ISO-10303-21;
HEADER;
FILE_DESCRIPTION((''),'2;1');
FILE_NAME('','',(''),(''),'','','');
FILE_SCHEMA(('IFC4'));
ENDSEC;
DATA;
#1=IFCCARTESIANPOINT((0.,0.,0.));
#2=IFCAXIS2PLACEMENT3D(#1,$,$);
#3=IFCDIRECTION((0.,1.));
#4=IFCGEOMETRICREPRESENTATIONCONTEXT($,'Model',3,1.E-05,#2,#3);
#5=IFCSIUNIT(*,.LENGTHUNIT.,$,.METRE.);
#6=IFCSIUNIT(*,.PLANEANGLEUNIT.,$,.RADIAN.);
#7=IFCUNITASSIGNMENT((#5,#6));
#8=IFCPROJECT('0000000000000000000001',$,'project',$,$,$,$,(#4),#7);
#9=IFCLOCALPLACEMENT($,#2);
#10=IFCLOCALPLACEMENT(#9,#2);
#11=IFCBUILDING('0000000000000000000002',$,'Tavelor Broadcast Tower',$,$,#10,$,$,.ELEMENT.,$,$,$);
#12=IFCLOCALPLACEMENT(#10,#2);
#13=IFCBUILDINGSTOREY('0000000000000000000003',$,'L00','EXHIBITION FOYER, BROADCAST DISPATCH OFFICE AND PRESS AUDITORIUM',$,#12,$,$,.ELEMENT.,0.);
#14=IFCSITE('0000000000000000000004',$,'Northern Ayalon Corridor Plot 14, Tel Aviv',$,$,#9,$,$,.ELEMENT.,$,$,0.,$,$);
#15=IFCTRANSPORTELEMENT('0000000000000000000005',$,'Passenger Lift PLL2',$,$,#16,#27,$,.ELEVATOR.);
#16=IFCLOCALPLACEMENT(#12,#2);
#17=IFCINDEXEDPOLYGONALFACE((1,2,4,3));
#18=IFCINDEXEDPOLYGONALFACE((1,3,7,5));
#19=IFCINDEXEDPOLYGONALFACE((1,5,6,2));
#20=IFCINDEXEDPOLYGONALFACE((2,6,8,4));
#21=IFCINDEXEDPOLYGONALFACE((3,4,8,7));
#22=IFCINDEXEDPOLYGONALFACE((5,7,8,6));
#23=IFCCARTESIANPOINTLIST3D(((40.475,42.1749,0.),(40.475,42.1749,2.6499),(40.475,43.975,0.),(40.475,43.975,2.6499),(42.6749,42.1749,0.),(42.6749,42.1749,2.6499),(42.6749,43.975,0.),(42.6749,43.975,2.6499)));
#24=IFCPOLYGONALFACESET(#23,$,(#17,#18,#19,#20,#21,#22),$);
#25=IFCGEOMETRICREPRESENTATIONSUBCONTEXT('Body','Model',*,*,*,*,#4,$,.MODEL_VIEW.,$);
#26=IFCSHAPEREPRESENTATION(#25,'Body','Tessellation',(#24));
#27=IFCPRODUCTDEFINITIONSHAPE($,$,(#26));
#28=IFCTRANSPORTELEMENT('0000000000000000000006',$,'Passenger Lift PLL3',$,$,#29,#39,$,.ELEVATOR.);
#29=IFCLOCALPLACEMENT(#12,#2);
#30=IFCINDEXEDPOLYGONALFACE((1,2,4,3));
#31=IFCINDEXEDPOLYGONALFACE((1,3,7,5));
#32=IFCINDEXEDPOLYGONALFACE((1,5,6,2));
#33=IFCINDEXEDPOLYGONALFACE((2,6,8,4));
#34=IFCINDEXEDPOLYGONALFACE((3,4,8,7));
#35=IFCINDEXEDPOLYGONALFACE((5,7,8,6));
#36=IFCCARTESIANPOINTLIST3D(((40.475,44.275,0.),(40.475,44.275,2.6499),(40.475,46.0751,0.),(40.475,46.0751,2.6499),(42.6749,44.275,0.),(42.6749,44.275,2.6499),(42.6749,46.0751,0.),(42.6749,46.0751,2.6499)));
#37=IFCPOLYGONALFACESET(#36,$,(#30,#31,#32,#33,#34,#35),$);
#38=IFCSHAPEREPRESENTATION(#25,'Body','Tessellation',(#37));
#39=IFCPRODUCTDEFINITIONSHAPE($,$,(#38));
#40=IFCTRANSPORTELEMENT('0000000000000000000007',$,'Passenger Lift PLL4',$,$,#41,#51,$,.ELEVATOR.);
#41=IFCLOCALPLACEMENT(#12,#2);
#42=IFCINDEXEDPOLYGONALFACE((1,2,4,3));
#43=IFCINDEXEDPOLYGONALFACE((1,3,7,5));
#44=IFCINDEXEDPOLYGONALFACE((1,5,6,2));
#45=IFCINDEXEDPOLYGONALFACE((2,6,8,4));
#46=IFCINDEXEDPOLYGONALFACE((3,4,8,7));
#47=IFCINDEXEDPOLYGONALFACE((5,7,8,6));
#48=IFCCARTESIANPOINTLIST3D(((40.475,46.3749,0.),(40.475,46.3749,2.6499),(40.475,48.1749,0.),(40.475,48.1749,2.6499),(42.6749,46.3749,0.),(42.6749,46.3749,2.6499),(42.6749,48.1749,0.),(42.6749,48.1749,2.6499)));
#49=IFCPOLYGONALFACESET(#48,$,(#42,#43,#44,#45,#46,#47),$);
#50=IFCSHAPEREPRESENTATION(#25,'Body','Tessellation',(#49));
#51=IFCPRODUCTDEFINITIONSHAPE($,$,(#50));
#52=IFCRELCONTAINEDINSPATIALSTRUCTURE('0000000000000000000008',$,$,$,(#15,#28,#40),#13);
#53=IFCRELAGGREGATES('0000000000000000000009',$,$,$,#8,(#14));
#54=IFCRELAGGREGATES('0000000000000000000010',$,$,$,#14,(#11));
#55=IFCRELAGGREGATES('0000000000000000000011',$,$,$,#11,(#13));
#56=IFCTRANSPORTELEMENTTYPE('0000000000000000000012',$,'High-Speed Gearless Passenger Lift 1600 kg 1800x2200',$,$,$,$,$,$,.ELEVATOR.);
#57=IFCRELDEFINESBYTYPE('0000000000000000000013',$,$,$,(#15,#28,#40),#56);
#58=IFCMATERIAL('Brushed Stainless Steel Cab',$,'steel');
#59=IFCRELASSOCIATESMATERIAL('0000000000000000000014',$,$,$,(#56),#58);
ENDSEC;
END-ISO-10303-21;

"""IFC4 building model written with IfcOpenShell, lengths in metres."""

from ifc_helpers import new_model, si_unit, direction, frame, origin, origin_2d, place, context, subcontext, project, spatial, rectangle, extrude, material, type_object, element, save


model = new_model("IFC4")

# Units and contexts
model_context = context("Model", 3, precision=1e-05, world=origin(), true_north=direction((0.0, 1.0)))
body_context = subcontext(model_context, "Body", "Model", "MODEL_VIEW")
ifc_project = project(units=[si_unit("LENGTHUNIT", "METRE"), si_unit("PLANEANGLEUNIT", "RADIAN")], contexts=[model_context])

# Site, building, storey
site_placement = place(None, origin())
site = spatial("IfcSite", under=ifc_project, at=site_placement, Name="Northern Ayalon Corridor Plot 14, Tel Aviv", CompositionType="ELEMENT", RefElevation=0.0)
building_placement = place(site_placement, origin())
building = spatial("IfcBuilding", under=site, at=building_placement, Name="Tavelor Broadcast Tower", CompositionType="ELEMENT")
storey_placement = place(building_placement, origin())
storey = spatial("IfcBuildingStorey", under=building, at=storey_placement, Name="L00", Description="EXHIBITION FOYER, BROADCAST DISPATCH OFFICE AND PRESS AUDITORIUM", CompositionType="ELEMENT", Elevation=0.0)

# Transport elements
ifc_material_1 = material(Name="Brushed Stainless Steel Cab", Category="steel")
transport_element_type = type_object("IfcTransportElementType", Name="High-Speed Gearless Passenger Lift 1600 kg 1800x2200", PredefinedType="ELEVATOR", material=ifc_material_1)
for number, where, z_axis, x_axis, name in (
    (1, (41.575, 43.075, 0.0), (0.0, 0.0, 1.0), (0.0, 1.0, 0.0), "Passenger Lift PLL2"),
    (2, (41.575, 45.175, 0.0), (0.0, 0.0, 1.0), (0.0, 1.0, 0.0), "Passenger Lift PLL3"),
    (3, (41.575, 47.2749, 0.0), (0.0, 0.0, 1.0), (0.0, 1.0, 0.0), "Passenger Lift PLL4"),
):
    element("IfcTransportElement", number, at=place(storey_placement, frame(where, z_axis=z_axis, x_axis=x_axis)), inside=storey, type_object=transport_element_type, Name=name, PredefinedType="ELEVATOR", context=body_context, shape_type="SweptSolid", body=[
        extrude(rectangle(XDim=1.8, YDim=2.2, at=origin_2d()), origin(), (0.0, 0.0, 1.0), 2.6499),
    ])

save(model, "model.ifc")
